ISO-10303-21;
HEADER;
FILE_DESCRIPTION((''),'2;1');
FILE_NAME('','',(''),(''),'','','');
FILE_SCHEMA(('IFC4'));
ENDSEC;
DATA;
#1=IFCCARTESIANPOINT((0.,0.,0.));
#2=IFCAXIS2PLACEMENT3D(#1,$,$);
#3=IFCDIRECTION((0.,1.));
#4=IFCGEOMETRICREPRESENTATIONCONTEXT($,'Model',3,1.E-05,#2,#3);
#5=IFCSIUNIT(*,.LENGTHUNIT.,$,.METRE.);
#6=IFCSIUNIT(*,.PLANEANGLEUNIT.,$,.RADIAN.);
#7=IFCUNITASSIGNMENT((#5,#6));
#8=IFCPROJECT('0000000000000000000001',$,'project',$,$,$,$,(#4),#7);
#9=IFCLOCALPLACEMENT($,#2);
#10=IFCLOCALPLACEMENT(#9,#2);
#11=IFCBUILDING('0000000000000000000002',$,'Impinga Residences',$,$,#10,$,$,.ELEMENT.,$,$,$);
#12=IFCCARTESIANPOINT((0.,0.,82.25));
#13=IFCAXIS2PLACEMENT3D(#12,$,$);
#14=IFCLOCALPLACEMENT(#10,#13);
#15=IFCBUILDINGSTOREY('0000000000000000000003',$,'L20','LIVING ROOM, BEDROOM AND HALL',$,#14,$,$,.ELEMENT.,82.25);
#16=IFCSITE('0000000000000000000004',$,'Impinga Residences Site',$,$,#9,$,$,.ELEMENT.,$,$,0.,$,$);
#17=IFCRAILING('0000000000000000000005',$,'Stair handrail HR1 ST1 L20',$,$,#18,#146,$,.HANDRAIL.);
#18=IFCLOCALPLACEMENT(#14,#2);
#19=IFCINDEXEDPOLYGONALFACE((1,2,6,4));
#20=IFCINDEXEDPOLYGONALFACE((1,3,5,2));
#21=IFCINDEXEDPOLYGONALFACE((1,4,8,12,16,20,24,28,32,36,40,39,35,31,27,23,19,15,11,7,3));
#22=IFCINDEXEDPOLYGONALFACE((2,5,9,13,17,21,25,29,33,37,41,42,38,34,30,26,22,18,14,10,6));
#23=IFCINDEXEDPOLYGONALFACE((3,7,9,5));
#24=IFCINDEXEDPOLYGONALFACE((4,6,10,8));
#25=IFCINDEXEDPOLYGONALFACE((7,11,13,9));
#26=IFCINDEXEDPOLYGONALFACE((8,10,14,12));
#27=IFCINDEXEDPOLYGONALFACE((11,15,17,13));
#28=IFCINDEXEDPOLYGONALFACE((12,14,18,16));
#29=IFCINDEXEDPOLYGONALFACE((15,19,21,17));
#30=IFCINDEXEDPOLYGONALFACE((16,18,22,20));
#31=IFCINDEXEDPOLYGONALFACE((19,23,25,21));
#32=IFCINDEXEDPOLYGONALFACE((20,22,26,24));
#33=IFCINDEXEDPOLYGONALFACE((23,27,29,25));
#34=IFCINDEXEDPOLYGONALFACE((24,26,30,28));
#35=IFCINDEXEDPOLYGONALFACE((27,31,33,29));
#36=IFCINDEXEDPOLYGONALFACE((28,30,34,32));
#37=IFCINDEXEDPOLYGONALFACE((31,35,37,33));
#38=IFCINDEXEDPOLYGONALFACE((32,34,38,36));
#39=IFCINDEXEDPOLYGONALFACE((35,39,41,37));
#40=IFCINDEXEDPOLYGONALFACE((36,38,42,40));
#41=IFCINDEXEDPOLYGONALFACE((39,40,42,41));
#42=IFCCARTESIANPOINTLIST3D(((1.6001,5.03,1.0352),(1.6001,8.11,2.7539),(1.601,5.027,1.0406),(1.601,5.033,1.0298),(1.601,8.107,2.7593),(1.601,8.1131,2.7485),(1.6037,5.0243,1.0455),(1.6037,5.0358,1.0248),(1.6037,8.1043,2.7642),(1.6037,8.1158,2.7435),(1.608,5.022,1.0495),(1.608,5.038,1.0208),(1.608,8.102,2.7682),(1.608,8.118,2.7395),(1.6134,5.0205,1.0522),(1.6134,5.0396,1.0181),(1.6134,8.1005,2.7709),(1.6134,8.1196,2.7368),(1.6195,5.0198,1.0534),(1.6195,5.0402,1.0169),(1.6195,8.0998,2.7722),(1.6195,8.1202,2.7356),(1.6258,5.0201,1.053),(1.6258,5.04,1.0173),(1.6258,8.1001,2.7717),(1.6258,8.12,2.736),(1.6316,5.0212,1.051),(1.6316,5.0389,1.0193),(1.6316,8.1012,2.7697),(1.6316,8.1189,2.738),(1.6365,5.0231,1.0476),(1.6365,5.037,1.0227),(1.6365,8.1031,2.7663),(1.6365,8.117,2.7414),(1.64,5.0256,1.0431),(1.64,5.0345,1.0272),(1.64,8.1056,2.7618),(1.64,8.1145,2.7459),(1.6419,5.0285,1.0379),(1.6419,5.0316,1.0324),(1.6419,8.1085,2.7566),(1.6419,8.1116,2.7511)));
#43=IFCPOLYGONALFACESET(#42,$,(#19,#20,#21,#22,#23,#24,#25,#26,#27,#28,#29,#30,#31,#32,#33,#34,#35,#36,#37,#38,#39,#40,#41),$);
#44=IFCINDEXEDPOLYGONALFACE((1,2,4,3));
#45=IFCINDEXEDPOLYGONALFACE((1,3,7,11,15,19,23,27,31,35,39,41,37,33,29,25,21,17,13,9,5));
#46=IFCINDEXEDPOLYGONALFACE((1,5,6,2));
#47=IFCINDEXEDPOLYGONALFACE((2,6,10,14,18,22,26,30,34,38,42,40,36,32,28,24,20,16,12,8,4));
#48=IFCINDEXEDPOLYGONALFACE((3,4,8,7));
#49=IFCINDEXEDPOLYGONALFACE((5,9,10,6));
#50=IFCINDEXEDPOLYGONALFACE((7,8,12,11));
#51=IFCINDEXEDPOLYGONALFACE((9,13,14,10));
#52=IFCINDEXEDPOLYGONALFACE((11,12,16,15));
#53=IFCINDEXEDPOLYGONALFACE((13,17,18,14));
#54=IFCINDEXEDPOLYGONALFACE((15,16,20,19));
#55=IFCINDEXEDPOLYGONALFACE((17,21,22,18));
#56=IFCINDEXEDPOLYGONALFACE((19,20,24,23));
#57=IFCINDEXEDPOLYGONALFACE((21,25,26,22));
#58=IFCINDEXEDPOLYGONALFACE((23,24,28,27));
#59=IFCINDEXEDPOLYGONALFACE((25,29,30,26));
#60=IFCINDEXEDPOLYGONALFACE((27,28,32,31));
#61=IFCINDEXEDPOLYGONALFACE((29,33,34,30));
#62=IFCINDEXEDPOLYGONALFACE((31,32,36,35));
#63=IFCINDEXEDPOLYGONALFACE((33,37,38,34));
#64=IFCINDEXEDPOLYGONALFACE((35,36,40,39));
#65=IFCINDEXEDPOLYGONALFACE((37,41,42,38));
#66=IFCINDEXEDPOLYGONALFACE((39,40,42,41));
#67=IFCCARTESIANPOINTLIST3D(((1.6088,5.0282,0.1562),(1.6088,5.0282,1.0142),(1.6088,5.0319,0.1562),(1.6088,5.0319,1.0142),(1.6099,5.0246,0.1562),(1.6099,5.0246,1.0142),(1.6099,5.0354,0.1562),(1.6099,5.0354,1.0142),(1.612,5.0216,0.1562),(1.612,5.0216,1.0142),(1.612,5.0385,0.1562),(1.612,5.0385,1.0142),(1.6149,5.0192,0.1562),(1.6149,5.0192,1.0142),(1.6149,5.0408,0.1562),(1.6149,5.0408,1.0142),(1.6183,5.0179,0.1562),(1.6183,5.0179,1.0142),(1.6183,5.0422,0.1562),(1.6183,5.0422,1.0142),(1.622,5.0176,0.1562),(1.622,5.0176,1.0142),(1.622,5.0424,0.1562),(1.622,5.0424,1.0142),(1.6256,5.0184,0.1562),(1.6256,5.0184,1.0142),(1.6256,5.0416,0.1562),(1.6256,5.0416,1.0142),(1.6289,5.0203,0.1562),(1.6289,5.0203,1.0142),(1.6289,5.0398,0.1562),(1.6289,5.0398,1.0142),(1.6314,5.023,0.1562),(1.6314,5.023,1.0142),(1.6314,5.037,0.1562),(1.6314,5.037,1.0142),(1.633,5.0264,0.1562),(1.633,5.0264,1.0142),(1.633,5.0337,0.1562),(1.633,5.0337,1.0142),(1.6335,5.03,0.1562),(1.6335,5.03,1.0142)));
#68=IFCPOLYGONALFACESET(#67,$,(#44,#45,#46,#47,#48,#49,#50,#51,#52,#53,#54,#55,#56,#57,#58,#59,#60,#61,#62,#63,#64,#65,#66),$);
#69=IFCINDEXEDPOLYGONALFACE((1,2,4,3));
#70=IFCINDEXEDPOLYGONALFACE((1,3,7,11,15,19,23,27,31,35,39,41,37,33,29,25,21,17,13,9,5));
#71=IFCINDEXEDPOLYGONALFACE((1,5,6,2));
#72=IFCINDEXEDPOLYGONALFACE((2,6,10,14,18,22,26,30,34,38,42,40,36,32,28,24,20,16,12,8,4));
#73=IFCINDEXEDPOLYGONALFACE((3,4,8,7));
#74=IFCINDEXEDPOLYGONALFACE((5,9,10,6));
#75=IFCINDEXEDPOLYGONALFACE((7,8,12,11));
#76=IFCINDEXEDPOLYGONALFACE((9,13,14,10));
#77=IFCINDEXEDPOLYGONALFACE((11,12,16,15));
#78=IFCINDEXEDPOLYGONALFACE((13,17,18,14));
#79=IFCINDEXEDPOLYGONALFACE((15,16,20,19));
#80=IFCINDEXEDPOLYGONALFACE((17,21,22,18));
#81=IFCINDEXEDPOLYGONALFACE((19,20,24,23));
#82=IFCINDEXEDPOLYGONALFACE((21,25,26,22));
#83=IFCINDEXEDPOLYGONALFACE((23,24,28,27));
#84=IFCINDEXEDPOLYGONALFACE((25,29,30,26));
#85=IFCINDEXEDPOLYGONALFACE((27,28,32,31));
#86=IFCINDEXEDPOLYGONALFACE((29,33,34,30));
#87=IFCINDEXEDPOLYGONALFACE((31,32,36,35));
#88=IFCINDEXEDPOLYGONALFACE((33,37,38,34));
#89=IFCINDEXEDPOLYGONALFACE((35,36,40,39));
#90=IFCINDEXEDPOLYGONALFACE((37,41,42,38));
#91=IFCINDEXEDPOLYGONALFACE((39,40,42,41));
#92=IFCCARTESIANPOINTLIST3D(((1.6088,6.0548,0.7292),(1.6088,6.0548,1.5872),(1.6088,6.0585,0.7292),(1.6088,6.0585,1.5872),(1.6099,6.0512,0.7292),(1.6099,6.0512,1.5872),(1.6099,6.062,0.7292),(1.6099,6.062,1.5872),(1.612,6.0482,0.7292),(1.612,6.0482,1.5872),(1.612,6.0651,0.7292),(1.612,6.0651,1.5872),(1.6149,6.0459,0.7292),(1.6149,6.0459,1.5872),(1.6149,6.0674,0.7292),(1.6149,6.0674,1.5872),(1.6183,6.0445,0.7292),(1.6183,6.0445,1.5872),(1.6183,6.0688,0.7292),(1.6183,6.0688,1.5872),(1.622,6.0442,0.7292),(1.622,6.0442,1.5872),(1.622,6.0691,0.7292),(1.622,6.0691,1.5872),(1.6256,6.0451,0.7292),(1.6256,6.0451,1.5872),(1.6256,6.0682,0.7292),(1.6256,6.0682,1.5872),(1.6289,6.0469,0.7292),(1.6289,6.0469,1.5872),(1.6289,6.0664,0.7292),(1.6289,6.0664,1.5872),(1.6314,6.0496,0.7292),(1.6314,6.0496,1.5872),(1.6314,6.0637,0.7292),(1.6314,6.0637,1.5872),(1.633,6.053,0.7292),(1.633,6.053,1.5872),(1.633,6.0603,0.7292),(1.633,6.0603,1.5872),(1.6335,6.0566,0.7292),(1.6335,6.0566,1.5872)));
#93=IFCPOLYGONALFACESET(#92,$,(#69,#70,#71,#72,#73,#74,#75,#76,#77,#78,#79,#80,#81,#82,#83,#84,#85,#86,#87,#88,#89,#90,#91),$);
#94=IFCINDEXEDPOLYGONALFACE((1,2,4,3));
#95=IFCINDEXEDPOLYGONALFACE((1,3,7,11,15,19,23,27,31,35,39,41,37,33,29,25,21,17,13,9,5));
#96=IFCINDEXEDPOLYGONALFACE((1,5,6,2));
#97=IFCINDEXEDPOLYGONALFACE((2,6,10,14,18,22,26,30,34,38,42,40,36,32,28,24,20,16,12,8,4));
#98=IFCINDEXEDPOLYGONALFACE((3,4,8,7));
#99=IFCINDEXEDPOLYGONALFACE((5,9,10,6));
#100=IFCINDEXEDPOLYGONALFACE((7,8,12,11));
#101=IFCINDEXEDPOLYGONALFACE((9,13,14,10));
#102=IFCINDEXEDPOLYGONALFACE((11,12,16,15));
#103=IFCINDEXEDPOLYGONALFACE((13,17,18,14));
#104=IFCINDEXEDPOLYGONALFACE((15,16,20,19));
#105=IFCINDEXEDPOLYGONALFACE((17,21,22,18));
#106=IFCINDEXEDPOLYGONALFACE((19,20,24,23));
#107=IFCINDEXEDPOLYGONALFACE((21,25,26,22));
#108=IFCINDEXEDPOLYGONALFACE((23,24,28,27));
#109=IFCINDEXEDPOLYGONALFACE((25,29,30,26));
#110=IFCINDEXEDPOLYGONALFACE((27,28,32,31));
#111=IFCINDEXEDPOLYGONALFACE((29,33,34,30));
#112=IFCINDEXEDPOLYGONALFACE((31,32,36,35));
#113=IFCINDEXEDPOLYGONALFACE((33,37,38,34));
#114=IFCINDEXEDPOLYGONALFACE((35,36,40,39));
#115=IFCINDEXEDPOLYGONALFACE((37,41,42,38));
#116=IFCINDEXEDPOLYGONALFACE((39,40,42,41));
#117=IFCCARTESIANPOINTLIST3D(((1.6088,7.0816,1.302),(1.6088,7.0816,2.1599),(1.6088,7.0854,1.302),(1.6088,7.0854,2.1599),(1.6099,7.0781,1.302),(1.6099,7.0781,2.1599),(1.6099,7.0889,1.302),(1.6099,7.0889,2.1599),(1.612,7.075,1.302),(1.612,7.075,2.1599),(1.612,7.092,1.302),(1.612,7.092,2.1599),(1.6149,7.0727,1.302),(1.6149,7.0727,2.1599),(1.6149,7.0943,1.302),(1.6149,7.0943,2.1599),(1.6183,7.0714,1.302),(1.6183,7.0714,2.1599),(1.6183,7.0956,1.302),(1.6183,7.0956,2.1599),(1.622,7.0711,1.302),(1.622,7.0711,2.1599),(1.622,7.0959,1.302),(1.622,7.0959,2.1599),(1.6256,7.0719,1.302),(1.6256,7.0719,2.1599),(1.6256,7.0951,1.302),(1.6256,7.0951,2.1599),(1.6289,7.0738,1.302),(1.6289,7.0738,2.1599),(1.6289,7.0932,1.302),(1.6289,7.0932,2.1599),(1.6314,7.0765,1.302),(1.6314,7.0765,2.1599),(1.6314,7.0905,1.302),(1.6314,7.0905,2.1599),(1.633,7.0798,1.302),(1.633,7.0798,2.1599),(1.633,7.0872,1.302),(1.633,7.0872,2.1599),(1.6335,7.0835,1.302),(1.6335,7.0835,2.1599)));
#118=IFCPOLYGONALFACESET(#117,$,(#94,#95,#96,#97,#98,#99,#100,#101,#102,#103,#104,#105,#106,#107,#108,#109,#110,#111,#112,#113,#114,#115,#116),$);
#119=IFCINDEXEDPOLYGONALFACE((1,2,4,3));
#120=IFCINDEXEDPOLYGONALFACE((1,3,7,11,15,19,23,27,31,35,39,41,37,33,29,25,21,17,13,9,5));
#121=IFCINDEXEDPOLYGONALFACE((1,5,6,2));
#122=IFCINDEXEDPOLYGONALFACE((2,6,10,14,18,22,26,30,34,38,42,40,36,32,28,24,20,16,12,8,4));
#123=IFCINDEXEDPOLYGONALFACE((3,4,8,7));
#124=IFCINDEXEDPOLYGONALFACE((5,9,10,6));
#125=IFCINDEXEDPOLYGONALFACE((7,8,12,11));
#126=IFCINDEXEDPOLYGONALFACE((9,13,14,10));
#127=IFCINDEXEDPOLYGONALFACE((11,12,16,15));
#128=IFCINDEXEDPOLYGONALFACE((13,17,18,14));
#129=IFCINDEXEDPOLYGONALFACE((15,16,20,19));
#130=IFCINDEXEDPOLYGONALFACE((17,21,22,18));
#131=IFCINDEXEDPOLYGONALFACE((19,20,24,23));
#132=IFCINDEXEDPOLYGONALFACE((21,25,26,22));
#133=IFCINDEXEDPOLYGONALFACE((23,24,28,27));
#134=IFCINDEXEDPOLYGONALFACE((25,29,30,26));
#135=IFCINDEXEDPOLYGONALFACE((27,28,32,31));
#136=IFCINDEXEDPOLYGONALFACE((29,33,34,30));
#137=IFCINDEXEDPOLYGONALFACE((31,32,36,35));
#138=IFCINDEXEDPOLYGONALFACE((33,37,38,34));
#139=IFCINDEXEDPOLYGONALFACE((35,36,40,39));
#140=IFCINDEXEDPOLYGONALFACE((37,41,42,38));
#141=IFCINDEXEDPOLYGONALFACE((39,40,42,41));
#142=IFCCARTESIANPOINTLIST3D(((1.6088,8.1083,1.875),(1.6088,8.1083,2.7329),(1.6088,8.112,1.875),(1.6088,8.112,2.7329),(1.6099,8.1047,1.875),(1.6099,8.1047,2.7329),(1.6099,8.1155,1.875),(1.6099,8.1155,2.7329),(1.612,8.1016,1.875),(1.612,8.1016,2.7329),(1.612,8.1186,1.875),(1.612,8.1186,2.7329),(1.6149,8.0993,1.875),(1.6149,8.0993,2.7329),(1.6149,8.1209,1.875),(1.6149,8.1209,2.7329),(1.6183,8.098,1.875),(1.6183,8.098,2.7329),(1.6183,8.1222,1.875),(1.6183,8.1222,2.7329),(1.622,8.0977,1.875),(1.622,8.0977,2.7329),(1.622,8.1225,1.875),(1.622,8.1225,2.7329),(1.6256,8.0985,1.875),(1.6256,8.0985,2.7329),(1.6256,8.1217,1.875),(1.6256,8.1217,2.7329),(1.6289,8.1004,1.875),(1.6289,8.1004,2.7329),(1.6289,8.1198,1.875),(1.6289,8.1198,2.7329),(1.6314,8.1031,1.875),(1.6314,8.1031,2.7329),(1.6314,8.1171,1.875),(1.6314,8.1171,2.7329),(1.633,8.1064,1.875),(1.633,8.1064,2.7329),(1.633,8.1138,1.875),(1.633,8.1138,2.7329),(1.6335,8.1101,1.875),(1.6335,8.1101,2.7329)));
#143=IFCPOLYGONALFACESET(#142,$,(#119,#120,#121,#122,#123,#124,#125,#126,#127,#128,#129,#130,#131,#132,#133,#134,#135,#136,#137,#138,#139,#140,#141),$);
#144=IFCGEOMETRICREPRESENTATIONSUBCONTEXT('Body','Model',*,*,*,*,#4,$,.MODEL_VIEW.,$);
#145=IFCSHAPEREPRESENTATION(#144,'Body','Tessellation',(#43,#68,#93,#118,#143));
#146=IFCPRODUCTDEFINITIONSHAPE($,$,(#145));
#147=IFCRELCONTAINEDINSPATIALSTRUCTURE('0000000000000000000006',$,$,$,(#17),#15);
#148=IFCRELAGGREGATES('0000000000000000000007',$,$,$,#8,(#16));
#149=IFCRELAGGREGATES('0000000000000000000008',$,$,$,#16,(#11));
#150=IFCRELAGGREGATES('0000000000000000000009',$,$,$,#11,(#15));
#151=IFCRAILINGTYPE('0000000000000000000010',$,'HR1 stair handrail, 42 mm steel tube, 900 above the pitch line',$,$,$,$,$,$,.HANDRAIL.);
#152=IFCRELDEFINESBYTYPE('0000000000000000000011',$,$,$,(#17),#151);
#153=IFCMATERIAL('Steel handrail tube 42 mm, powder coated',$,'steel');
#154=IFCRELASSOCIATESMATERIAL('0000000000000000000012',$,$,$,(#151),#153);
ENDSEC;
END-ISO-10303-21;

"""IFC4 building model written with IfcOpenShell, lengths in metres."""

from ifc_helpers import new_model, si_unit, direction, frame, origin, origin_2d, place, context, subcontext, project, spatial, circle, extrude, material, type_object, element, save


model = new_model("IFC4")

# Units and contexts
model_context = context("Model", 3, precision=1e-05, world=origin(), true_north=direction((0.0, 1.0)))
body_context = subcontext(model_context, "Body", "Model", "MODEL_VIEW")
ifc_project = project(units=[si_unit("LENGTHUNIT", "METRE"), si_unit("PLANEANGLEUNIT", "RADIAN")], contexts=[model_context])

# Site, building, storey
site_placement = place(None, origin())
site = spatial("IfcSite", under=ifc_project, at=site_placement, Name="Impinga Residences Site", CompositionType="ELEMENT", RefElevation=0.0)
building_placement = place(site_placement, origin())
building = spatial("IfcBuilding", under=site, at=building_placement, Name="Impinga Residences", CompositionType="ELEMENT")
storey_placement = place(building_placement, frame((0.0, 0.0, 82.25)))
storey = spatial("IfcBuildingStorey", under=building, at=storey_placement, Name="L20", Description="LIVING ROOM, BEDROOM AND HALL", CompositionType="ELEMENT", Elevation=82.25)

# Railing
ifc_material_1 = material(Name="Steel handrail tube 42 mm, powder coated", Category="steel")
railing_type_1 = type_object("IfcRailingType", Name="HR1 stair handrail, 42 mm steel tube, 900 above the pitch line", PredefinedType="HANDRAIL", material=ifc_material_1)
railing_1_placement = place(storey_placement, frame((1.6211, 5.03, 0.1562)))
element("IfcRailing", 1, at=railing_1_placement, inside=storey, type_object=railing_type_1, Name="Stair handrail HR1 ST1 L20", PredefinedType="HANDRAIL", context=body_context, shape_type="SweptSolid", body=[
    extrude(circle(Radius=0.021, at=origin_2d()), frame((0.0, 0.0, 0.8789), z_axis=(0.0, 0.873242, 0.487288), x_axis=(-1.0, 0.0, 0.0)), (0.0, 0.0, 1.0), 3.5271),
    extrude(circle(Radius=0.0125, at=origin_2d()), origin(), (0.0, 0.0, 1.0), 0.8579),
    extrude(circle(Radius=0.0125, at=origin_2d()), frame((0.0, 1.0266, 0.573)), (0.0, 0.0, 1.0), 0.8579),
    extrude(circle(Radius=0.0125, at=origin_2d()), frame((0.0, 2.0535, 1.1458)), (0.0, 0.0, 1.0), 0.8579),
    extrude(circle(Radius=0.0125, at=origin_2d()), frame((0.0, 3.0801, 1.7188)), (0.0, 0.0, 1.0), 0.8579),
])

save(model, "model.ifc")
